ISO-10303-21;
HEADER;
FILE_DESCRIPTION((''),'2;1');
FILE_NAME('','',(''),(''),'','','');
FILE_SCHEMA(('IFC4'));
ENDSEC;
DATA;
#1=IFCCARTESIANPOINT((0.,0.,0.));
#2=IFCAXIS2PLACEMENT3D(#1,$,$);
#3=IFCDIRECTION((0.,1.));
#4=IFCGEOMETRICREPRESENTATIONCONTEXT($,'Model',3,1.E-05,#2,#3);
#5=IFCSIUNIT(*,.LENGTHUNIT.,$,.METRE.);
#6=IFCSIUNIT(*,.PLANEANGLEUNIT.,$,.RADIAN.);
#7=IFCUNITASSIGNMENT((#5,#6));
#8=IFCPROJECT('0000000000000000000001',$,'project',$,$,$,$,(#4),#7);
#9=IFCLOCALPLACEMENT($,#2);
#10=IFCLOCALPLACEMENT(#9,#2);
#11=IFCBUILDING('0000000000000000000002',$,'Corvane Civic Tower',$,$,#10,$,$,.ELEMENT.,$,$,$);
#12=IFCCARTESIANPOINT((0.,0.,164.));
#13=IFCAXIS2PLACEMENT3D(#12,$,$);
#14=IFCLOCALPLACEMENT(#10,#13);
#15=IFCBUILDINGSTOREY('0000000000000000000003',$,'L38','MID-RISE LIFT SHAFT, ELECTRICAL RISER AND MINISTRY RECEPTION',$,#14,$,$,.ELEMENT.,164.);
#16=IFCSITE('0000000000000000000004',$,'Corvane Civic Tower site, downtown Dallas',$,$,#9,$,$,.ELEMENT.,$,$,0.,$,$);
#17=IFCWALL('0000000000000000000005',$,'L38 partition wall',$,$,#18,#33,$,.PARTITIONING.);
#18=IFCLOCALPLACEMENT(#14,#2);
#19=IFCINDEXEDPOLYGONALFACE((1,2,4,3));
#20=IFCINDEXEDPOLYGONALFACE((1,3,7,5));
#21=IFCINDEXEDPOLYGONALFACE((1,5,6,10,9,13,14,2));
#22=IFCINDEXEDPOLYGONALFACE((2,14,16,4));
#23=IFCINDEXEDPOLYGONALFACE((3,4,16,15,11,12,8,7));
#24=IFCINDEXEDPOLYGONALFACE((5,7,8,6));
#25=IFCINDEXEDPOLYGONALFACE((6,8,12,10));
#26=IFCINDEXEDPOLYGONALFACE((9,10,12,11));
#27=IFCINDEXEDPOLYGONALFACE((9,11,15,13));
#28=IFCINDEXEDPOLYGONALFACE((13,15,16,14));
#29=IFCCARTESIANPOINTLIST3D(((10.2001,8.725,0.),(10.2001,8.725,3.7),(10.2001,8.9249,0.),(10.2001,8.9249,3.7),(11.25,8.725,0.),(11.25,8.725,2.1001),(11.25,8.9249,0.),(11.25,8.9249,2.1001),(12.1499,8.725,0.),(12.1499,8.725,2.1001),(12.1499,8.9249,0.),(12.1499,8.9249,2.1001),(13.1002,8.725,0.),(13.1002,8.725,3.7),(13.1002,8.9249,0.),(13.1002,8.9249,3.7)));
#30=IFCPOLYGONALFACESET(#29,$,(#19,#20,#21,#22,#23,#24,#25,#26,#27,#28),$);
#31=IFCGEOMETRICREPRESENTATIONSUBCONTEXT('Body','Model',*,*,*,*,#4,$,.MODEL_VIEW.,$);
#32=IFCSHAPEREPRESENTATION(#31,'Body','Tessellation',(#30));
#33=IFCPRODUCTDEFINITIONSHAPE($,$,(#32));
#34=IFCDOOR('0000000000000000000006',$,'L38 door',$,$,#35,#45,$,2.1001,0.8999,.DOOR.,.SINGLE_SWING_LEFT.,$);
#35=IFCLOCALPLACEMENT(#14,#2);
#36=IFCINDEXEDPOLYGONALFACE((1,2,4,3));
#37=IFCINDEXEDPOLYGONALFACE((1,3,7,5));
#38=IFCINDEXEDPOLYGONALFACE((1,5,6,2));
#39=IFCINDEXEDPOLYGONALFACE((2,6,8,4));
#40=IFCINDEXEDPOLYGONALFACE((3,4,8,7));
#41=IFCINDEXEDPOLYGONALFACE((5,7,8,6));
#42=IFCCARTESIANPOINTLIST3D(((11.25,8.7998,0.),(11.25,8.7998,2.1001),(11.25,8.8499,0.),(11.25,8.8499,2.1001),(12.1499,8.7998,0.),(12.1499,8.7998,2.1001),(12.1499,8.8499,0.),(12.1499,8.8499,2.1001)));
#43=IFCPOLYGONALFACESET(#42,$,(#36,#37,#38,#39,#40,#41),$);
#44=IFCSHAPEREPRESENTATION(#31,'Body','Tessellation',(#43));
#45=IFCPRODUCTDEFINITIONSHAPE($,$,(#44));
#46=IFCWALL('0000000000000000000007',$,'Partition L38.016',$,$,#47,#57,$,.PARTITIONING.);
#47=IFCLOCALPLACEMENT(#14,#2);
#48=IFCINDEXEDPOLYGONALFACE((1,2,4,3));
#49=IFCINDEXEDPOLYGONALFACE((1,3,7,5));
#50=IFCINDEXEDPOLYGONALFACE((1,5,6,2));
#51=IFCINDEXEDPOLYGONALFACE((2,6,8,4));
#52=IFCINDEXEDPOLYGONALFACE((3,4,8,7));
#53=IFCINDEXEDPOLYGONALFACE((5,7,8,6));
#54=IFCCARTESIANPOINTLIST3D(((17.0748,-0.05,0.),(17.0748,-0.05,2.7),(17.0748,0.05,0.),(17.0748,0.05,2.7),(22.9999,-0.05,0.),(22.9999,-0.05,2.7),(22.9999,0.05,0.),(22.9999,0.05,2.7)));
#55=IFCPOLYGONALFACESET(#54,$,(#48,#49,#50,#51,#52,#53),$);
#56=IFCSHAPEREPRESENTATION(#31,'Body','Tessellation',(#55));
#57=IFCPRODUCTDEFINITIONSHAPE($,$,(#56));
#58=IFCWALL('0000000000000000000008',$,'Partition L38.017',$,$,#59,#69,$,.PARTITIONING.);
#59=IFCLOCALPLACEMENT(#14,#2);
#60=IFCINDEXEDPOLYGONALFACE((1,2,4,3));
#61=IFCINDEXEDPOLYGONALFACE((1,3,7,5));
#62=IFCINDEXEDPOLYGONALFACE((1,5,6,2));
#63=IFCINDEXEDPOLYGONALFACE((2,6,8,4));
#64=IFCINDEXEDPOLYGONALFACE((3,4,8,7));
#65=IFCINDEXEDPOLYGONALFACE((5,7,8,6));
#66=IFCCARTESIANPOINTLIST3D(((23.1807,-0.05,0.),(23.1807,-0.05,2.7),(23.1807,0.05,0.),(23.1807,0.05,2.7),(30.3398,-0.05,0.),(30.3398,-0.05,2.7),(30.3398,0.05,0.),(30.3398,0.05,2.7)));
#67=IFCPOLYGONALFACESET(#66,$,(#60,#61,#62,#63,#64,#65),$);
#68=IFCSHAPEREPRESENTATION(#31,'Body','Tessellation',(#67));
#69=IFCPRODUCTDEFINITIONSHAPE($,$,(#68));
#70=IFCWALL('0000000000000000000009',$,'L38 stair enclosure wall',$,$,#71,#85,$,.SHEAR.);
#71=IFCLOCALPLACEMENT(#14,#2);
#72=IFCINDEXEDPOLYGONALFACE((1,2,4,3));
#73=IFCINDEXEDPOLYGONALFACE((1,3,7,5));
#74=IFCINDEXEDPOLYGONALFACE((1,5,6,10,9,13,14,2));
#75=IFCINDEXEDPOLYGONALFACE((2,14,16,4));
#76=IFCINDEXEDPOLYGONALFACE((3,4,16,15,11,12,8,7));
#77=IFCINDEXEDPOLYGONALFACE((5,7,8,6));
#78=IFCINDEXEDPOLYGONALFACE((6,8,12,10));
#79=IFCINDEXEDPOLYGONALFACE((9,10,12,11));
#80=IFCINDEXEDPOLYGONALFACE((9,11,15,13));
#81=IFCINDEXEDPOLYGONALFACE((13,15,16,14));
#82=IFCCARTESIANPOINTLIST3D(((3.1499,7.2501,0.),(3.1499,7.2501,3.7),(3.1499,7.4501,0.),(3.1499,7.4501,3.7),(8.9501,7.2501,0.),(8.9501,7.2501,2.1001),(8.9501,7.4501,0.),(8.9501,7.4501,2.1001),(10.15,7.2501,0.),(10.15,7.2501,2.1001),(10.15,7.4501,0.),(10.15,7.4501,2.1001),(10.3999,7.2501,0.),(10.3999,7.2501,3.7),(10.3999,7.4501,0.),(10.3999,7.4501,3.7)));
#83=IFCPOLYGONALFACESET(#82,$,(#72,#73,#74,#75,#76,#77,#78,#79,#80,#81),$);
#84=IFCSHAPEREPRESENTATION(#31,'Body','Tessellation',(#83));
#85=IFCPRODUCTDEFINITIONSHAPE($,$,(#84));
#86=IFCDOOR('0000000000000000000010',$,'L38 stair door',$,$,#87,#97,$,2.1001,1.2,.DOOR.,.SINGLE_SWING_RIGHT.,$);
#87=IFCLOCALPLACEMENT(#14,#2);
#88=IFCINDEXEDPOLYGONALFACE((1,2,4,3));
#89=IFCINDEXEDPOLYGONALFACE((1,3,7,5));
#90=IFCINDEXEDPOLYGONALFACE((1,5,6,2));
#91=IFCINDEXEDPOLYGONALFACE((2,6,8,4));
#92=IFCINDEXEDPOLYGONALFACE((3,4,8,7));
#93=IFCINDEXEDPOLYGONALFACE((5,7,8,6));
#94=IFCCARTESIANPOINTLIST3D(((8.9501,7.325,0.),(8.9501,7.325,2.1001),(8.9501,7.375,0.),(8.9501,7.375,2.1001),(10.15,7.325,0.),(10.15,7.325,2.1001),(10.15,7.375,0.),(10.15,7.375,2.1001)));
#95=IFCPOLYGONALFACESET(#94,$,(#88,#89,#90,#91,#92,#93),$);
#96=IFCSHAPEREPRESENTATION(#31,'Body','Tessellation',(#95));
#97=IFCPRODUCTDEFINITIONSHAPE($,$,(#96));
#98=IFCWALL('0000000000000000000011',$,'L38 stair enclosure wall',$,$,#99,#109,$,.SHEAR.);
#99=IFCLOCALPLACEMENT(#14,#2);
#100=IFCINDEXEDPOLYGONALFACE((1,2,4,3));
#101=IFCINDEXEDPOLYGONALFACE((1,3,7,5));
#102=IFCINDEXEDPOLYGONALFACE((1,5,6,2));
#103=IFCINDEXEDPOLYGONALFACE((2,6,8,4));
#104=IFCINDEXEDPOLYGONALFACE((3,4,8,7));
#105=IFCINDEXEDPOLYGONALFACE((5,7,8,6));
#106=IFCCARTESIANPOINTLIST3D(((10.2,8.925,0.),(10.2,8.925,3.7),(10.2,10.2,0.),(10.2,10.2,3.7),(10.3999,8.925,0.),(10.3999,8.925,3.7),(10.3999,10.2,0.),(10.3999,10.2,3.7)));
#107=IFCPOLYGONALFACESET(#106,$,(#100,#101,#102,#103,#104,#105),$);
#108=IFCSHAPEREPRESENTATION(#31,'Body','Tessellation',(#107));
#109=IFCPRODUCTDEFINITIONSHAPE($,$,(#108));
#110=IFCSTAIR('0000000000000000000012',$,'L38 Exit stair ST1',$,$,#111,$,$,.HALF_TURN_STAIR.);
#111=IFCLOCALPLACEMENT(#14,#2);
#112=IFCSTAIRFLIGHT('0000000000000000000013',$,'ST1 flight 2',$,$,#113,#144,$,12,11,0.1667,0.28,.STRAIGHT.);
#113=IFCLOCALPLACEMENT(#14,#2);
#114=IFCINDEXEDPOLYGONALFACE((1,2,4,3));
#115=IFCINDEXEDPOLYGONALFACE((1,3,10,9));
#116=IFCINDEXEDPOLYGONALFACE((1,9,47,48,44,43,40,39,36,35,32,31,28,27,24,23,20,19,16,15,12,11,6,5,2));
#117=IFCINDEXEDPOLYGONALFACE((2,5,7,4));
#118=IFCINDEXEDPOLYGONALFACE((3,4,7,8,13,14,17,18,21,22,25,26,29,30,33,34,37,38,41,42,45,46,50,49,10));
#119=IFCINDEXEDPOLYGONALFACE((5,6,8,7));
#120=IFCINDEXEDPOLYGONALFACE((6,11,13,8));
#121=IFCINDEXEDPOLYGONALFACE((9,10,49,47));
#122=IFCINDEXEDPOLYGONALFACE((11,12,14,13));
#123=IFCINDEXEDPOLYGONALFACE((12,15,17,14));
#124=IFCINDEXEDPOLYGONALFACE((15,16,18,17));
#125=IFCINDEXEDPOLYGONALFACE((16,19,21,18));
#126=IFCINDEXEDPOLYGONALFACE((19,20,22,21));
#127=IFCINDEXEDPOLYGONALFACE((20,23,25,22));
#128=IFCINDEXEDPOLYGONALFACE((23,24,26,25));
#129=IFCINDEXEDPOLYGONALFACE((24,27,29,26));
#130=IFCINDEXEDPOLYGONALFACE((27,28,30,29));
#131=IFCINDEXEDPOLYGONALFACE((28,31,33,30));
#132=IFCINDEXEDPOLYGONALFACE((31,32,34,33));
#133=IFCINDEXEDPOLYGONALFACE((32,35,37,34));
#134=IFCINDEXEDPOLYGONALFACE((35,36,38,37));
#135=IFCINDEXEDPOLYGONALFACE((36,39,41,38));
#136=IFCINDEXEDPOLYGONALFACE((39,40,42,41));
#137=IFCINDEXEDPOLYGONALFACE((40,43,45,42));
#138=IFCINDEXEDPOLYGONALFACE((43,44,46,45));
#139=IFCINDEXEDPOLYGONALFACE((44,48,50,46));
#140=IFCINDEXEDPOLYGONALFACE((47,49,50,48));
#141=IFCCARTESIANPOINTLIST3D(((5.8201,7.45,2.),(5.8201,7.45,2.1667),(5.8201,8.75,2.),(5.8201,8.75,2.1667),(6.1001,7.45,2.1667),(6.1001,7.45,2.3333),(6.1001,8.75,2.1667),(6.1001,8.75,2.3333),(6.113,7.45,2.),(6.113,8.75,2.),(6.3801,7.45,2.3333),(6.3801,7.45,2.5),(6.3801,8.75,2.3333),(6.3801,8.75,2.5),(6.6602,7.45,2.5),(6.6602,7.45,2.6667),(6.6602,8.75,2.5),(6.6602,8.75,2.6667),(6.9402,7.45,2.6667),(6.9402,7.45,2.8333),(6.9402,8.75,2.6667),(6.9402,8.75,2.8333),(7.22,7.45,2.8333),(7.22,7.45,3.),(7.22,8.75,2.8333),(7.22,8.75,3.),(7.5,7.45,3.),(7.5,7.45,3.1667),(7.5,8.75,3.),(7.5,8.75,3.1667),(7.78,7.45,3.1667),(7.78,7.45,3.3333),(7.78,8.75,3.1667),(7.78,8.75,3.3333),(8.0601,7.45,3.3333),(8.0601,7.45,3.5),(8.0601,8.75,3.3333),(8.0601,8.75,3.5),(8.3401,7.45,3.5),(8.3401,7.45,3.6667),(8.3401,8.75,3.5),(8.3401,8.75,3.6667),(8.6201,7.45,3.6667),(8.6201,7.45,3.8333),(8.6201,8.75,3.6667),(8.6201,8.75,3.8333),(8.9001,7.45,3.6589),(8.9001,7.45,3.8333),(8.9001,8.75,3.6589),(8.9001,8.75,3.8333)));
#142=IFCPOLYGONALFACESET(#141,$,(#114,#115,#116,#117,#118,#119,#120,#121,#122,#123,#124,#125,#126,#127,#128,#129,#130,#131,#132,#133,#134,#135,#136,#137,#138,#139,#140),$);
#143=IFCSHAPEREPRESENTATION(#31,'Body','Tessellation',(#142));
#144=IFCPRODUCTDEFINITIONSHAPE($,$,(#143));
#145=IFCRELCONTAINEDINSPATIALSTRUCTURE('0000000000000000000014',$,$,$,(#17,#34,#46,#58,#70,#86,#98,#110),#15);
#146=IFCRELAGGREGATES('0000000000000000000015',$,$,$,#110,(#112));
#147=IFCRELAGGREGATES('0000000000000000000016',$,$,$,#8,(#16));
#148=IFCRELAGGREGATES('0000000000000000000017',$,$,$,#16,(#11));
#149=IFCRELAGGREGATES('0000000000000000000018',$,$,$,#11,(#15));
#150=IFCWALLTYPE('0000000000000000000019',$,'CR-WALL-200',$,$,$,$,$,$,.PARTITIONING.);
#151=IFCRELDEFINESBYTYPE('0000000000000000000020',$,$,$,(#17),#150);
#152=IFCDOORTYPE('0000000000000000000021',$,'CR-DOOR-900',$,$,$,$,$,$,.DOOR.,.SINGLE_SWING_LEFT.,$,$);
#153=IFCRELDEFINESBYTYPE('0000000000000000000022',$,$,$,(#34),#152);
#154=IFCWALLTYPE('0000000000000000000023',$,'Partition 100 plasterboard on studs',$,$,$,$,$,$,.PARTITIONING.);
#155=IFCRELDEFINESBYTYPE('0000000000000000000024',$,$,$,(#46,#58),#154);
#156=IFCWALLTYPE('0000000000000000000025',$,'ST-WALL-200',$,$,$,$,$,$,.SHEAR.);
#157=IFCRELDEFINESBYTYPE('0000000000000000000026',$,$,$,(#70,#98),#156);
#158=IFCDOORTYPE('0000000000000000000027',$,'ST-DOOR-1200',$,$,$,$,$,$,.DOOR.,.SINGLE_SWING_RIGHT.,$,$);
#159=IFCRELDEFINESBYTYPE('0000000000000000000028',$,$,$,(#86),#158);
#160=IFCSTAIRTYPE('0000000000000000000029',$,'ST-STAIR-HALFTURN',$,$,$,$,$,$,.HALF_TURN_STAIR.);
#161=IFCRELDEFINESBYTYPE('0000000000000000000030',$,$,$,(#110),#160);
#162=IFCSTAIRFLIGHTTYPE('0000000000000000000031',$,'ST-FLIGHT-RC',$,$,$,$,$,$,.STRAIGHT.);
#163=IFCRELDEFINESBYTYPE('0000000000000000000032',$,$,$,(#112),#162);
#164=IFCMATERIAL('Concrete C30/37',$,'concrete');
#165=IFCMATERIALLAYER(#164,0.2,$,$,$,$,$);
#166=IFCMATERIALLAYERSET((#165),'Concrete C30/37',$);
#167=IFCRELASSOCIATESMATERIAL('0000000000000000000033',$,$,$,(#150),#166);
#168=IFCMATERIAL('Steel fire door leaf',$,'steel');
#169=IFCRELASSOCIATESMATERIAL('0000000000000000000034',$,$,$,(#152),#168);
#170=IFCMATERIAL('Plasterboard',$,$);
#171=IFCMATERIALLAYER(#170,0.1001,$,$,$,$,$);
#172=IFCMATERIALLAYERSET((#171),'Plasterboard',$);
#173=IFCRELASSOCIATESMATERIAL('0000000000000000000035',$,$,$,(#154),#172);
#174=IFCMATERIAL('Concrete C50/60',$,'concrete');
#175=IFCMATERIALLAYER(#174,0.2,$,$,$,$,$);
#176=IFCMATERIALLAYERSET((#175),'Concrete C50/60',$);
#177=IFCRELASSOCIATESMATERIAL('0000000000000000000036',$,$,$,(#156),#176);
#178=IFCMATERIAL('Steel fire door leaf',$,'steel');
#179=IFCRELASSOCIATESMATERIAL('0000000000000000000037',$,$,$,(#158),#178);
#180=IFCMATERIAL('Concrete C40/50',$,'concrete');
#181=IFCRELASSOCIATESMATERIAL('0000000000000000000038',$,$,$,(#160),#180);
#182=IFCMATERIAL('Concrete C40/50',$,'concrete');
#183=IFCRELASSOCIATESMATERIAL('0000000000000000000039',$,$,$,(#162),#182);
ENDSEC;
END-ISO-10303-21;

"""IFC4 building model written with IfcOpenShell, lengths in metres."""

from ifc_helpers import new_model, si_unit, direction, frame, frame_2d, origin, place, context, subcontext, project, spatial, polyline, rectangle, outline, extrude, material, layer, layer_set, type_object, element, fill, aggregate, save


model = new_model("IFC4")

# Units and contexts
model_context = context("Model", 3, precision=1e-05, world=origin(), true_north=direction((0.0, 1.0)))
body_context = subcontext(model_context, "Body", "Model", "MODEL_VIEW")
ifc_project = project(units=[si_unit("LENGTHUNIT", "METRE"), si_unit("PLANEANGLEUNIT", "RADIAN")], contexts=[model_context])

# Site, building, storey
site_placement = place(None, origin())
site = spatial("IfcSite", under=ifc_project, at=site_placement, Name="Corvane Civic Tower site, downtown Dallas", CompositionType="ELEMENT", RefElevation=0.0)
building_placement = place(site_placement, origin())
building = spatial("IfcBuilding", under=site, at=building_placement, Name="Corvane Civic Tower", CompositionType="ELEMENT")
storey_placement = place(building_placement, frame((0.0, 0.0, 164.0)))
storey = spatial("IfcBuildingStorey", under=building, at=storey_placement, Name="L38", Description="MID-RISE LIFT SHAFT, ELECTRICAL RISER AND MINISTRY RECEPTION", CompositionType="ELEMENT", Elevation=164.0)

# Wall, opening, door
ifc_material_1 = material(Name="Concrete C30/37", Category="concrete")
ifc_layer_1 = layer(ifc_material_1, 0.2)
ifc_layer_set_1 = layer_set([ifc_layer_1], Name="Concrete C30/37")
wall_type_1 = type_object("IfcWallType", Name="CR-WALL-200", PredefinedType="PARTITIONING", material=ifc_layer_set_1)
ifc_material_2 = material(Name="Steel fire door leaf", Category="steel")
door_type_1 = type_object("IfcDoorType", Name="CR-DOOR-900", OperationType="SINGLE_SWING_LEFT", PredefinedType="DOOR", material=ifc_material_2)
wall_1_placement = place(storey_placement, frame((10.2, 8.825, 0.0), z_axis=(0.0, 0.0, 1.0), x_axis=(1.0, 0.0, 0.0)))
wall_1 = element("IfcWall", 1, at=wall_1_placement, inside=storey, type_object=wall_type_1, Name="L38 partition wall", PredefinedType="PARTITIONING", context=body_context, shape_type="SweptSolid", body=[
    extrude(rectangle(XDim=2.9001, YDim=0.2, at=frame_2d((1.4502, 0.0))), origin(), (0.0, 0.0, 1.0), 3.7),
])
opening_1_placement = place(wall_1_placement, frame((1.05, 0.0, 0.0)))
opening_1 = element("IfcOpeningElement", 2, at=opening_1_placement, cuts=wall_1, PredefinedType="OPENING", context=body_context, shape_type="SweptSolid", body=[
    extrude(rectangle(XDim=0.8999, YDim=2.1001, at=frame_2d((0.45, 1.05))), frame((0.0, 0.1099, 0.0), z_axis=(0.0, -1.0, 0.0), x_axis=(1.0, 0.0, 0.0)), (0.0, 0.0, 1.0), 0.22),
])
door_1_placement = place(opening_1_placement, origin())
door_1 = element("IfcDoor", 3, at=door_1_placement, inside=storey, type_object=door_type_1, Name="L38 door", OperationType="SINGLE_SWING_LEFT", OverallHeight=2.1001, OverallWidth=0.8999, PredefinedType="DOOR", context=body_context, shape_type="SweptSolid", body=[
    extrude(rectangle(XDim=0.8999, YDim=2.1001, at=frame_2d((0.45, 1.05))), frame((0.0, 0.0249, 0.0), z_axis=(0.0, -1.0, 0.0), x_axis=(1.0, 0.0, 0.0)), (0.0, 0.0, 1.0), 0.05),
])
fill(opening_1, door_1)

# Walls
ifc_material_3 = material(Name="Plasterboard")
ifc_layer_2 = layer(ifc_material_3, 0.1001)
ifc_layer_set_2 = layer_set([ifc_layer_2], Name="Plasterboard")
wall_type_2 = type_object("IfcWallType", Name="Partition 100 plasterboard on studs", PredefinedType="PARTITIONING", material=ifc_layer_set_2)
wall_2_placement = place(storey_placement, frame((17.075, 0.0, 0.0), z_axis=(0.0, 0.0, 1.0), x_axis=(1.0, 0.0, 0.0)))
element("IfcWall", 4, at=wall_2_placement, inside=storey, type_object=wall_type_2, Name="Partition L38.016", PredefinedType="PARTITIONING", context=body_context, shape_type="SweptSolid", body=[
    extrude(rectangle(XDim=5.925, YDim=0.1001, at=frame_2d((2.9624, 0.0))), origin(), (0.0, 0.0, 1.0), 2.7),
])
wall_3_placement = place(storey_placement, frame((23.1807, 0.0, 0.0), z_axis=(0.0, 0.0, 1.0), x_axis=(1.0, 0.0, 0.0)))
element("IfcWall", 5, at=wall_3_placement, inside=storey, type_object=wall_type_2, Name="Partition L38.017", PredefinedType="PARTITIONING", context=body_context, shape_type="SweptSolid", body=[
    extrude(rectangle(XDim=7.1592, YDim=0.1001, at=frame_2d((3.5796, 0.0))), origin(), (0.0, 0.0, 1.0), 2.7),
])

# Wall, opening, door
ifc_material_4 = material(Name="Concrete C50/60", Category="concrete")
ifc_layer_3 = layer(ifc_material_4, 0.2)
ifc_layer_set_3 = layer_set([ifc_layer_3], Name="Concrete C50/60")
wall_type_3 = type_object("IfcWallType", Name="ST-WALL-200", PredefinedType="SHEAR", material=ifc_layer_set_3)
wall_4_placement = place(storey_placement, frame((3.1499, 7.3501, 0.0), z_axis=(0.0, 0.0, 1.0), x_axis=(1.0, 0.0, 0.0)))
wall_4 = element("IfcWall", 6, at=wall_4_placement, inside=storey, type_object=wall_type_3, Name="L38 stair enclosure wall", PredefinedType="SHEAR", context=body_context, shape_type="SweptSolid", body=[
    extrude(rectangle(XDim=7.25, YDim=0.2, at=frame_2d((3.625, 0.0))), origin(), (0.0, 0.0, 1.0), 3.7),
])
opening_2_placement = place(wall_4_placement, frame((5.8, 0.0, 0.0)))
opening_2 = element("IfcOpeningElement", 7, at=opening_2_placement, cuts=wall_4, PredefinedType="OPENING", context=body_context, shape_type="SweptSolid", body=[
    extrude(rectangle(XDim=1.2, YDim=2.1001, at=frame_2d((0.6001, 1.05))), frame((0.0, 0.1099, 0.0), z_axis=(0.0, -1.0, 0.0), x_axis=(1.0, 0.0, 0.0)), (0.0, 0.0, 1.0), 0.22),
])
ifc_material_5 = material(Name="Steel fire door leaf", Category="steel")
door_type_2 = type_object("IfcDoorType", Name="ST-DOOR-1200", OperationType="SINGLE_SWING_RIGHT", PredefinedType="DOOR", material=ifc_material_5)
door_2_placement = place(opening_2_placement, origin())
door_2 = element("IfcDoor", 8, at=door_2_placement, inside=storey, type_object=door_type_2, Name="L38 stair door", OperationType="SINGLE_SWING_RIGHT", OverallHeight=2.1001, OverallWidth=1.2, PredefinedType="DOOR", context=body_context, shape_type="SweptSolid", body=[
    extrude(rectangle(XDim=1.2, YDim=2.1001, at=frame_2d((0.6001, 1.05))), frame((0.0, 0.0249, 0.0), z_axis=(0.0, -1.0, 0.0), x_axis=(1.0, 0.0, 0.0)), (0.0, 0.0, 1.0), 0.05),
])
fill(opening_2, door_2)

# Wall
wall_5_placement = place(storey_placement, origin())
element("IfcWall", 9, at=wall_5_placement, inside=storey, type_object=wall_type_3, Name="L38 stair enclosure wall", PredefinedType="SHEAR", context=body_context, shape_type="SweptSolid", body=[
    extrude(outline(polyline([(10.3999, 8.925), (10.2, 8.925), (10.2, 10.2), (10.3999, 10.2), (10.3999, 8.925)])), origin(), (0.0, 0.0, 1.0), 3.7),
])

# Stair, stair flight
ifc_material_6 = material(Name="Concrete C40/50", Category="concrete")
stair_type = type_object("IfcStairType", Name="ST-STAIR-HALFTURN", PredefinedType="HALF_TURN_STAIR", material=ifc_material_6)
stair_placement = place(storey_placement, origin())
stair = element("IfcStair", 10, at=stair_placement, inside=storey, type_object=stair_type, Name="L38 Exit stair ST1", PredefinedType="HALF_TURN_STAIR")
ifc_material_7 = material(Name="Concrete C40/50", Category="concrete")
stair_flight_type = type_object("IfcStairFlightType", Name="ST-FLIGHT-RC", PredefinedType="STRAIGHT", material=ifc_material_7)
stair_flight_placement = place(storey_placement, frame((5.8201, 8.1001, 2.0), z_axis=(0.0, 0.0, 1.0), x_axis=(1.0, 0.0, 0.0)))
stair_flight = element("IfcStairFlight", 11, at=stair_flight_placement, type_object=stair_flight_type, Name="ST1 flight 2", NumberOfRisers=12, NumberOfTreads=11, PredefinedType="STRAIGHT", RiserHeight=0.1667, TreadLength=0.28, context=body_context, shape_type="SweptSolid", body=[
    extrude(outline(polyline([(0.0, 0.0), (0.0, 0.1667), (0.28, 0.1667), (0.28, 0.3333), (0.5601, 0.3333), (0.5601, 0.5), (0.8401, 0.5), (0.8401, 0.6667), (1.1201, 0.6667), (1.1201, 0.8333), (1.3999, 0.8333), (1.3999, 1.0), (1.6799, 1.0), (1.6799, 1.1667), (1.96, 1.1667), (1.96, 1.3333), (2.24, 1.3333), (2.24, 1.5), (2.52, 1.5), (2.52, 1.6667), (2.8, 1.6667), (2.8, 1.8333), (3.0801, 1.8333), (3.0801, 2.0), (3.0801, 1.6589), (0.293, 0.0), (0.0, 0.0)])), frame((0.0, 0.6499, 0.0), z_axis=(0.0, -1.0, 0.0), x_axis=(1.0, 0.0, 0.0)), (0.0, 0.0, 1.0), 1.3),
])
aggregate(stair, [stair_flight])

save(model, "model.ifc")
